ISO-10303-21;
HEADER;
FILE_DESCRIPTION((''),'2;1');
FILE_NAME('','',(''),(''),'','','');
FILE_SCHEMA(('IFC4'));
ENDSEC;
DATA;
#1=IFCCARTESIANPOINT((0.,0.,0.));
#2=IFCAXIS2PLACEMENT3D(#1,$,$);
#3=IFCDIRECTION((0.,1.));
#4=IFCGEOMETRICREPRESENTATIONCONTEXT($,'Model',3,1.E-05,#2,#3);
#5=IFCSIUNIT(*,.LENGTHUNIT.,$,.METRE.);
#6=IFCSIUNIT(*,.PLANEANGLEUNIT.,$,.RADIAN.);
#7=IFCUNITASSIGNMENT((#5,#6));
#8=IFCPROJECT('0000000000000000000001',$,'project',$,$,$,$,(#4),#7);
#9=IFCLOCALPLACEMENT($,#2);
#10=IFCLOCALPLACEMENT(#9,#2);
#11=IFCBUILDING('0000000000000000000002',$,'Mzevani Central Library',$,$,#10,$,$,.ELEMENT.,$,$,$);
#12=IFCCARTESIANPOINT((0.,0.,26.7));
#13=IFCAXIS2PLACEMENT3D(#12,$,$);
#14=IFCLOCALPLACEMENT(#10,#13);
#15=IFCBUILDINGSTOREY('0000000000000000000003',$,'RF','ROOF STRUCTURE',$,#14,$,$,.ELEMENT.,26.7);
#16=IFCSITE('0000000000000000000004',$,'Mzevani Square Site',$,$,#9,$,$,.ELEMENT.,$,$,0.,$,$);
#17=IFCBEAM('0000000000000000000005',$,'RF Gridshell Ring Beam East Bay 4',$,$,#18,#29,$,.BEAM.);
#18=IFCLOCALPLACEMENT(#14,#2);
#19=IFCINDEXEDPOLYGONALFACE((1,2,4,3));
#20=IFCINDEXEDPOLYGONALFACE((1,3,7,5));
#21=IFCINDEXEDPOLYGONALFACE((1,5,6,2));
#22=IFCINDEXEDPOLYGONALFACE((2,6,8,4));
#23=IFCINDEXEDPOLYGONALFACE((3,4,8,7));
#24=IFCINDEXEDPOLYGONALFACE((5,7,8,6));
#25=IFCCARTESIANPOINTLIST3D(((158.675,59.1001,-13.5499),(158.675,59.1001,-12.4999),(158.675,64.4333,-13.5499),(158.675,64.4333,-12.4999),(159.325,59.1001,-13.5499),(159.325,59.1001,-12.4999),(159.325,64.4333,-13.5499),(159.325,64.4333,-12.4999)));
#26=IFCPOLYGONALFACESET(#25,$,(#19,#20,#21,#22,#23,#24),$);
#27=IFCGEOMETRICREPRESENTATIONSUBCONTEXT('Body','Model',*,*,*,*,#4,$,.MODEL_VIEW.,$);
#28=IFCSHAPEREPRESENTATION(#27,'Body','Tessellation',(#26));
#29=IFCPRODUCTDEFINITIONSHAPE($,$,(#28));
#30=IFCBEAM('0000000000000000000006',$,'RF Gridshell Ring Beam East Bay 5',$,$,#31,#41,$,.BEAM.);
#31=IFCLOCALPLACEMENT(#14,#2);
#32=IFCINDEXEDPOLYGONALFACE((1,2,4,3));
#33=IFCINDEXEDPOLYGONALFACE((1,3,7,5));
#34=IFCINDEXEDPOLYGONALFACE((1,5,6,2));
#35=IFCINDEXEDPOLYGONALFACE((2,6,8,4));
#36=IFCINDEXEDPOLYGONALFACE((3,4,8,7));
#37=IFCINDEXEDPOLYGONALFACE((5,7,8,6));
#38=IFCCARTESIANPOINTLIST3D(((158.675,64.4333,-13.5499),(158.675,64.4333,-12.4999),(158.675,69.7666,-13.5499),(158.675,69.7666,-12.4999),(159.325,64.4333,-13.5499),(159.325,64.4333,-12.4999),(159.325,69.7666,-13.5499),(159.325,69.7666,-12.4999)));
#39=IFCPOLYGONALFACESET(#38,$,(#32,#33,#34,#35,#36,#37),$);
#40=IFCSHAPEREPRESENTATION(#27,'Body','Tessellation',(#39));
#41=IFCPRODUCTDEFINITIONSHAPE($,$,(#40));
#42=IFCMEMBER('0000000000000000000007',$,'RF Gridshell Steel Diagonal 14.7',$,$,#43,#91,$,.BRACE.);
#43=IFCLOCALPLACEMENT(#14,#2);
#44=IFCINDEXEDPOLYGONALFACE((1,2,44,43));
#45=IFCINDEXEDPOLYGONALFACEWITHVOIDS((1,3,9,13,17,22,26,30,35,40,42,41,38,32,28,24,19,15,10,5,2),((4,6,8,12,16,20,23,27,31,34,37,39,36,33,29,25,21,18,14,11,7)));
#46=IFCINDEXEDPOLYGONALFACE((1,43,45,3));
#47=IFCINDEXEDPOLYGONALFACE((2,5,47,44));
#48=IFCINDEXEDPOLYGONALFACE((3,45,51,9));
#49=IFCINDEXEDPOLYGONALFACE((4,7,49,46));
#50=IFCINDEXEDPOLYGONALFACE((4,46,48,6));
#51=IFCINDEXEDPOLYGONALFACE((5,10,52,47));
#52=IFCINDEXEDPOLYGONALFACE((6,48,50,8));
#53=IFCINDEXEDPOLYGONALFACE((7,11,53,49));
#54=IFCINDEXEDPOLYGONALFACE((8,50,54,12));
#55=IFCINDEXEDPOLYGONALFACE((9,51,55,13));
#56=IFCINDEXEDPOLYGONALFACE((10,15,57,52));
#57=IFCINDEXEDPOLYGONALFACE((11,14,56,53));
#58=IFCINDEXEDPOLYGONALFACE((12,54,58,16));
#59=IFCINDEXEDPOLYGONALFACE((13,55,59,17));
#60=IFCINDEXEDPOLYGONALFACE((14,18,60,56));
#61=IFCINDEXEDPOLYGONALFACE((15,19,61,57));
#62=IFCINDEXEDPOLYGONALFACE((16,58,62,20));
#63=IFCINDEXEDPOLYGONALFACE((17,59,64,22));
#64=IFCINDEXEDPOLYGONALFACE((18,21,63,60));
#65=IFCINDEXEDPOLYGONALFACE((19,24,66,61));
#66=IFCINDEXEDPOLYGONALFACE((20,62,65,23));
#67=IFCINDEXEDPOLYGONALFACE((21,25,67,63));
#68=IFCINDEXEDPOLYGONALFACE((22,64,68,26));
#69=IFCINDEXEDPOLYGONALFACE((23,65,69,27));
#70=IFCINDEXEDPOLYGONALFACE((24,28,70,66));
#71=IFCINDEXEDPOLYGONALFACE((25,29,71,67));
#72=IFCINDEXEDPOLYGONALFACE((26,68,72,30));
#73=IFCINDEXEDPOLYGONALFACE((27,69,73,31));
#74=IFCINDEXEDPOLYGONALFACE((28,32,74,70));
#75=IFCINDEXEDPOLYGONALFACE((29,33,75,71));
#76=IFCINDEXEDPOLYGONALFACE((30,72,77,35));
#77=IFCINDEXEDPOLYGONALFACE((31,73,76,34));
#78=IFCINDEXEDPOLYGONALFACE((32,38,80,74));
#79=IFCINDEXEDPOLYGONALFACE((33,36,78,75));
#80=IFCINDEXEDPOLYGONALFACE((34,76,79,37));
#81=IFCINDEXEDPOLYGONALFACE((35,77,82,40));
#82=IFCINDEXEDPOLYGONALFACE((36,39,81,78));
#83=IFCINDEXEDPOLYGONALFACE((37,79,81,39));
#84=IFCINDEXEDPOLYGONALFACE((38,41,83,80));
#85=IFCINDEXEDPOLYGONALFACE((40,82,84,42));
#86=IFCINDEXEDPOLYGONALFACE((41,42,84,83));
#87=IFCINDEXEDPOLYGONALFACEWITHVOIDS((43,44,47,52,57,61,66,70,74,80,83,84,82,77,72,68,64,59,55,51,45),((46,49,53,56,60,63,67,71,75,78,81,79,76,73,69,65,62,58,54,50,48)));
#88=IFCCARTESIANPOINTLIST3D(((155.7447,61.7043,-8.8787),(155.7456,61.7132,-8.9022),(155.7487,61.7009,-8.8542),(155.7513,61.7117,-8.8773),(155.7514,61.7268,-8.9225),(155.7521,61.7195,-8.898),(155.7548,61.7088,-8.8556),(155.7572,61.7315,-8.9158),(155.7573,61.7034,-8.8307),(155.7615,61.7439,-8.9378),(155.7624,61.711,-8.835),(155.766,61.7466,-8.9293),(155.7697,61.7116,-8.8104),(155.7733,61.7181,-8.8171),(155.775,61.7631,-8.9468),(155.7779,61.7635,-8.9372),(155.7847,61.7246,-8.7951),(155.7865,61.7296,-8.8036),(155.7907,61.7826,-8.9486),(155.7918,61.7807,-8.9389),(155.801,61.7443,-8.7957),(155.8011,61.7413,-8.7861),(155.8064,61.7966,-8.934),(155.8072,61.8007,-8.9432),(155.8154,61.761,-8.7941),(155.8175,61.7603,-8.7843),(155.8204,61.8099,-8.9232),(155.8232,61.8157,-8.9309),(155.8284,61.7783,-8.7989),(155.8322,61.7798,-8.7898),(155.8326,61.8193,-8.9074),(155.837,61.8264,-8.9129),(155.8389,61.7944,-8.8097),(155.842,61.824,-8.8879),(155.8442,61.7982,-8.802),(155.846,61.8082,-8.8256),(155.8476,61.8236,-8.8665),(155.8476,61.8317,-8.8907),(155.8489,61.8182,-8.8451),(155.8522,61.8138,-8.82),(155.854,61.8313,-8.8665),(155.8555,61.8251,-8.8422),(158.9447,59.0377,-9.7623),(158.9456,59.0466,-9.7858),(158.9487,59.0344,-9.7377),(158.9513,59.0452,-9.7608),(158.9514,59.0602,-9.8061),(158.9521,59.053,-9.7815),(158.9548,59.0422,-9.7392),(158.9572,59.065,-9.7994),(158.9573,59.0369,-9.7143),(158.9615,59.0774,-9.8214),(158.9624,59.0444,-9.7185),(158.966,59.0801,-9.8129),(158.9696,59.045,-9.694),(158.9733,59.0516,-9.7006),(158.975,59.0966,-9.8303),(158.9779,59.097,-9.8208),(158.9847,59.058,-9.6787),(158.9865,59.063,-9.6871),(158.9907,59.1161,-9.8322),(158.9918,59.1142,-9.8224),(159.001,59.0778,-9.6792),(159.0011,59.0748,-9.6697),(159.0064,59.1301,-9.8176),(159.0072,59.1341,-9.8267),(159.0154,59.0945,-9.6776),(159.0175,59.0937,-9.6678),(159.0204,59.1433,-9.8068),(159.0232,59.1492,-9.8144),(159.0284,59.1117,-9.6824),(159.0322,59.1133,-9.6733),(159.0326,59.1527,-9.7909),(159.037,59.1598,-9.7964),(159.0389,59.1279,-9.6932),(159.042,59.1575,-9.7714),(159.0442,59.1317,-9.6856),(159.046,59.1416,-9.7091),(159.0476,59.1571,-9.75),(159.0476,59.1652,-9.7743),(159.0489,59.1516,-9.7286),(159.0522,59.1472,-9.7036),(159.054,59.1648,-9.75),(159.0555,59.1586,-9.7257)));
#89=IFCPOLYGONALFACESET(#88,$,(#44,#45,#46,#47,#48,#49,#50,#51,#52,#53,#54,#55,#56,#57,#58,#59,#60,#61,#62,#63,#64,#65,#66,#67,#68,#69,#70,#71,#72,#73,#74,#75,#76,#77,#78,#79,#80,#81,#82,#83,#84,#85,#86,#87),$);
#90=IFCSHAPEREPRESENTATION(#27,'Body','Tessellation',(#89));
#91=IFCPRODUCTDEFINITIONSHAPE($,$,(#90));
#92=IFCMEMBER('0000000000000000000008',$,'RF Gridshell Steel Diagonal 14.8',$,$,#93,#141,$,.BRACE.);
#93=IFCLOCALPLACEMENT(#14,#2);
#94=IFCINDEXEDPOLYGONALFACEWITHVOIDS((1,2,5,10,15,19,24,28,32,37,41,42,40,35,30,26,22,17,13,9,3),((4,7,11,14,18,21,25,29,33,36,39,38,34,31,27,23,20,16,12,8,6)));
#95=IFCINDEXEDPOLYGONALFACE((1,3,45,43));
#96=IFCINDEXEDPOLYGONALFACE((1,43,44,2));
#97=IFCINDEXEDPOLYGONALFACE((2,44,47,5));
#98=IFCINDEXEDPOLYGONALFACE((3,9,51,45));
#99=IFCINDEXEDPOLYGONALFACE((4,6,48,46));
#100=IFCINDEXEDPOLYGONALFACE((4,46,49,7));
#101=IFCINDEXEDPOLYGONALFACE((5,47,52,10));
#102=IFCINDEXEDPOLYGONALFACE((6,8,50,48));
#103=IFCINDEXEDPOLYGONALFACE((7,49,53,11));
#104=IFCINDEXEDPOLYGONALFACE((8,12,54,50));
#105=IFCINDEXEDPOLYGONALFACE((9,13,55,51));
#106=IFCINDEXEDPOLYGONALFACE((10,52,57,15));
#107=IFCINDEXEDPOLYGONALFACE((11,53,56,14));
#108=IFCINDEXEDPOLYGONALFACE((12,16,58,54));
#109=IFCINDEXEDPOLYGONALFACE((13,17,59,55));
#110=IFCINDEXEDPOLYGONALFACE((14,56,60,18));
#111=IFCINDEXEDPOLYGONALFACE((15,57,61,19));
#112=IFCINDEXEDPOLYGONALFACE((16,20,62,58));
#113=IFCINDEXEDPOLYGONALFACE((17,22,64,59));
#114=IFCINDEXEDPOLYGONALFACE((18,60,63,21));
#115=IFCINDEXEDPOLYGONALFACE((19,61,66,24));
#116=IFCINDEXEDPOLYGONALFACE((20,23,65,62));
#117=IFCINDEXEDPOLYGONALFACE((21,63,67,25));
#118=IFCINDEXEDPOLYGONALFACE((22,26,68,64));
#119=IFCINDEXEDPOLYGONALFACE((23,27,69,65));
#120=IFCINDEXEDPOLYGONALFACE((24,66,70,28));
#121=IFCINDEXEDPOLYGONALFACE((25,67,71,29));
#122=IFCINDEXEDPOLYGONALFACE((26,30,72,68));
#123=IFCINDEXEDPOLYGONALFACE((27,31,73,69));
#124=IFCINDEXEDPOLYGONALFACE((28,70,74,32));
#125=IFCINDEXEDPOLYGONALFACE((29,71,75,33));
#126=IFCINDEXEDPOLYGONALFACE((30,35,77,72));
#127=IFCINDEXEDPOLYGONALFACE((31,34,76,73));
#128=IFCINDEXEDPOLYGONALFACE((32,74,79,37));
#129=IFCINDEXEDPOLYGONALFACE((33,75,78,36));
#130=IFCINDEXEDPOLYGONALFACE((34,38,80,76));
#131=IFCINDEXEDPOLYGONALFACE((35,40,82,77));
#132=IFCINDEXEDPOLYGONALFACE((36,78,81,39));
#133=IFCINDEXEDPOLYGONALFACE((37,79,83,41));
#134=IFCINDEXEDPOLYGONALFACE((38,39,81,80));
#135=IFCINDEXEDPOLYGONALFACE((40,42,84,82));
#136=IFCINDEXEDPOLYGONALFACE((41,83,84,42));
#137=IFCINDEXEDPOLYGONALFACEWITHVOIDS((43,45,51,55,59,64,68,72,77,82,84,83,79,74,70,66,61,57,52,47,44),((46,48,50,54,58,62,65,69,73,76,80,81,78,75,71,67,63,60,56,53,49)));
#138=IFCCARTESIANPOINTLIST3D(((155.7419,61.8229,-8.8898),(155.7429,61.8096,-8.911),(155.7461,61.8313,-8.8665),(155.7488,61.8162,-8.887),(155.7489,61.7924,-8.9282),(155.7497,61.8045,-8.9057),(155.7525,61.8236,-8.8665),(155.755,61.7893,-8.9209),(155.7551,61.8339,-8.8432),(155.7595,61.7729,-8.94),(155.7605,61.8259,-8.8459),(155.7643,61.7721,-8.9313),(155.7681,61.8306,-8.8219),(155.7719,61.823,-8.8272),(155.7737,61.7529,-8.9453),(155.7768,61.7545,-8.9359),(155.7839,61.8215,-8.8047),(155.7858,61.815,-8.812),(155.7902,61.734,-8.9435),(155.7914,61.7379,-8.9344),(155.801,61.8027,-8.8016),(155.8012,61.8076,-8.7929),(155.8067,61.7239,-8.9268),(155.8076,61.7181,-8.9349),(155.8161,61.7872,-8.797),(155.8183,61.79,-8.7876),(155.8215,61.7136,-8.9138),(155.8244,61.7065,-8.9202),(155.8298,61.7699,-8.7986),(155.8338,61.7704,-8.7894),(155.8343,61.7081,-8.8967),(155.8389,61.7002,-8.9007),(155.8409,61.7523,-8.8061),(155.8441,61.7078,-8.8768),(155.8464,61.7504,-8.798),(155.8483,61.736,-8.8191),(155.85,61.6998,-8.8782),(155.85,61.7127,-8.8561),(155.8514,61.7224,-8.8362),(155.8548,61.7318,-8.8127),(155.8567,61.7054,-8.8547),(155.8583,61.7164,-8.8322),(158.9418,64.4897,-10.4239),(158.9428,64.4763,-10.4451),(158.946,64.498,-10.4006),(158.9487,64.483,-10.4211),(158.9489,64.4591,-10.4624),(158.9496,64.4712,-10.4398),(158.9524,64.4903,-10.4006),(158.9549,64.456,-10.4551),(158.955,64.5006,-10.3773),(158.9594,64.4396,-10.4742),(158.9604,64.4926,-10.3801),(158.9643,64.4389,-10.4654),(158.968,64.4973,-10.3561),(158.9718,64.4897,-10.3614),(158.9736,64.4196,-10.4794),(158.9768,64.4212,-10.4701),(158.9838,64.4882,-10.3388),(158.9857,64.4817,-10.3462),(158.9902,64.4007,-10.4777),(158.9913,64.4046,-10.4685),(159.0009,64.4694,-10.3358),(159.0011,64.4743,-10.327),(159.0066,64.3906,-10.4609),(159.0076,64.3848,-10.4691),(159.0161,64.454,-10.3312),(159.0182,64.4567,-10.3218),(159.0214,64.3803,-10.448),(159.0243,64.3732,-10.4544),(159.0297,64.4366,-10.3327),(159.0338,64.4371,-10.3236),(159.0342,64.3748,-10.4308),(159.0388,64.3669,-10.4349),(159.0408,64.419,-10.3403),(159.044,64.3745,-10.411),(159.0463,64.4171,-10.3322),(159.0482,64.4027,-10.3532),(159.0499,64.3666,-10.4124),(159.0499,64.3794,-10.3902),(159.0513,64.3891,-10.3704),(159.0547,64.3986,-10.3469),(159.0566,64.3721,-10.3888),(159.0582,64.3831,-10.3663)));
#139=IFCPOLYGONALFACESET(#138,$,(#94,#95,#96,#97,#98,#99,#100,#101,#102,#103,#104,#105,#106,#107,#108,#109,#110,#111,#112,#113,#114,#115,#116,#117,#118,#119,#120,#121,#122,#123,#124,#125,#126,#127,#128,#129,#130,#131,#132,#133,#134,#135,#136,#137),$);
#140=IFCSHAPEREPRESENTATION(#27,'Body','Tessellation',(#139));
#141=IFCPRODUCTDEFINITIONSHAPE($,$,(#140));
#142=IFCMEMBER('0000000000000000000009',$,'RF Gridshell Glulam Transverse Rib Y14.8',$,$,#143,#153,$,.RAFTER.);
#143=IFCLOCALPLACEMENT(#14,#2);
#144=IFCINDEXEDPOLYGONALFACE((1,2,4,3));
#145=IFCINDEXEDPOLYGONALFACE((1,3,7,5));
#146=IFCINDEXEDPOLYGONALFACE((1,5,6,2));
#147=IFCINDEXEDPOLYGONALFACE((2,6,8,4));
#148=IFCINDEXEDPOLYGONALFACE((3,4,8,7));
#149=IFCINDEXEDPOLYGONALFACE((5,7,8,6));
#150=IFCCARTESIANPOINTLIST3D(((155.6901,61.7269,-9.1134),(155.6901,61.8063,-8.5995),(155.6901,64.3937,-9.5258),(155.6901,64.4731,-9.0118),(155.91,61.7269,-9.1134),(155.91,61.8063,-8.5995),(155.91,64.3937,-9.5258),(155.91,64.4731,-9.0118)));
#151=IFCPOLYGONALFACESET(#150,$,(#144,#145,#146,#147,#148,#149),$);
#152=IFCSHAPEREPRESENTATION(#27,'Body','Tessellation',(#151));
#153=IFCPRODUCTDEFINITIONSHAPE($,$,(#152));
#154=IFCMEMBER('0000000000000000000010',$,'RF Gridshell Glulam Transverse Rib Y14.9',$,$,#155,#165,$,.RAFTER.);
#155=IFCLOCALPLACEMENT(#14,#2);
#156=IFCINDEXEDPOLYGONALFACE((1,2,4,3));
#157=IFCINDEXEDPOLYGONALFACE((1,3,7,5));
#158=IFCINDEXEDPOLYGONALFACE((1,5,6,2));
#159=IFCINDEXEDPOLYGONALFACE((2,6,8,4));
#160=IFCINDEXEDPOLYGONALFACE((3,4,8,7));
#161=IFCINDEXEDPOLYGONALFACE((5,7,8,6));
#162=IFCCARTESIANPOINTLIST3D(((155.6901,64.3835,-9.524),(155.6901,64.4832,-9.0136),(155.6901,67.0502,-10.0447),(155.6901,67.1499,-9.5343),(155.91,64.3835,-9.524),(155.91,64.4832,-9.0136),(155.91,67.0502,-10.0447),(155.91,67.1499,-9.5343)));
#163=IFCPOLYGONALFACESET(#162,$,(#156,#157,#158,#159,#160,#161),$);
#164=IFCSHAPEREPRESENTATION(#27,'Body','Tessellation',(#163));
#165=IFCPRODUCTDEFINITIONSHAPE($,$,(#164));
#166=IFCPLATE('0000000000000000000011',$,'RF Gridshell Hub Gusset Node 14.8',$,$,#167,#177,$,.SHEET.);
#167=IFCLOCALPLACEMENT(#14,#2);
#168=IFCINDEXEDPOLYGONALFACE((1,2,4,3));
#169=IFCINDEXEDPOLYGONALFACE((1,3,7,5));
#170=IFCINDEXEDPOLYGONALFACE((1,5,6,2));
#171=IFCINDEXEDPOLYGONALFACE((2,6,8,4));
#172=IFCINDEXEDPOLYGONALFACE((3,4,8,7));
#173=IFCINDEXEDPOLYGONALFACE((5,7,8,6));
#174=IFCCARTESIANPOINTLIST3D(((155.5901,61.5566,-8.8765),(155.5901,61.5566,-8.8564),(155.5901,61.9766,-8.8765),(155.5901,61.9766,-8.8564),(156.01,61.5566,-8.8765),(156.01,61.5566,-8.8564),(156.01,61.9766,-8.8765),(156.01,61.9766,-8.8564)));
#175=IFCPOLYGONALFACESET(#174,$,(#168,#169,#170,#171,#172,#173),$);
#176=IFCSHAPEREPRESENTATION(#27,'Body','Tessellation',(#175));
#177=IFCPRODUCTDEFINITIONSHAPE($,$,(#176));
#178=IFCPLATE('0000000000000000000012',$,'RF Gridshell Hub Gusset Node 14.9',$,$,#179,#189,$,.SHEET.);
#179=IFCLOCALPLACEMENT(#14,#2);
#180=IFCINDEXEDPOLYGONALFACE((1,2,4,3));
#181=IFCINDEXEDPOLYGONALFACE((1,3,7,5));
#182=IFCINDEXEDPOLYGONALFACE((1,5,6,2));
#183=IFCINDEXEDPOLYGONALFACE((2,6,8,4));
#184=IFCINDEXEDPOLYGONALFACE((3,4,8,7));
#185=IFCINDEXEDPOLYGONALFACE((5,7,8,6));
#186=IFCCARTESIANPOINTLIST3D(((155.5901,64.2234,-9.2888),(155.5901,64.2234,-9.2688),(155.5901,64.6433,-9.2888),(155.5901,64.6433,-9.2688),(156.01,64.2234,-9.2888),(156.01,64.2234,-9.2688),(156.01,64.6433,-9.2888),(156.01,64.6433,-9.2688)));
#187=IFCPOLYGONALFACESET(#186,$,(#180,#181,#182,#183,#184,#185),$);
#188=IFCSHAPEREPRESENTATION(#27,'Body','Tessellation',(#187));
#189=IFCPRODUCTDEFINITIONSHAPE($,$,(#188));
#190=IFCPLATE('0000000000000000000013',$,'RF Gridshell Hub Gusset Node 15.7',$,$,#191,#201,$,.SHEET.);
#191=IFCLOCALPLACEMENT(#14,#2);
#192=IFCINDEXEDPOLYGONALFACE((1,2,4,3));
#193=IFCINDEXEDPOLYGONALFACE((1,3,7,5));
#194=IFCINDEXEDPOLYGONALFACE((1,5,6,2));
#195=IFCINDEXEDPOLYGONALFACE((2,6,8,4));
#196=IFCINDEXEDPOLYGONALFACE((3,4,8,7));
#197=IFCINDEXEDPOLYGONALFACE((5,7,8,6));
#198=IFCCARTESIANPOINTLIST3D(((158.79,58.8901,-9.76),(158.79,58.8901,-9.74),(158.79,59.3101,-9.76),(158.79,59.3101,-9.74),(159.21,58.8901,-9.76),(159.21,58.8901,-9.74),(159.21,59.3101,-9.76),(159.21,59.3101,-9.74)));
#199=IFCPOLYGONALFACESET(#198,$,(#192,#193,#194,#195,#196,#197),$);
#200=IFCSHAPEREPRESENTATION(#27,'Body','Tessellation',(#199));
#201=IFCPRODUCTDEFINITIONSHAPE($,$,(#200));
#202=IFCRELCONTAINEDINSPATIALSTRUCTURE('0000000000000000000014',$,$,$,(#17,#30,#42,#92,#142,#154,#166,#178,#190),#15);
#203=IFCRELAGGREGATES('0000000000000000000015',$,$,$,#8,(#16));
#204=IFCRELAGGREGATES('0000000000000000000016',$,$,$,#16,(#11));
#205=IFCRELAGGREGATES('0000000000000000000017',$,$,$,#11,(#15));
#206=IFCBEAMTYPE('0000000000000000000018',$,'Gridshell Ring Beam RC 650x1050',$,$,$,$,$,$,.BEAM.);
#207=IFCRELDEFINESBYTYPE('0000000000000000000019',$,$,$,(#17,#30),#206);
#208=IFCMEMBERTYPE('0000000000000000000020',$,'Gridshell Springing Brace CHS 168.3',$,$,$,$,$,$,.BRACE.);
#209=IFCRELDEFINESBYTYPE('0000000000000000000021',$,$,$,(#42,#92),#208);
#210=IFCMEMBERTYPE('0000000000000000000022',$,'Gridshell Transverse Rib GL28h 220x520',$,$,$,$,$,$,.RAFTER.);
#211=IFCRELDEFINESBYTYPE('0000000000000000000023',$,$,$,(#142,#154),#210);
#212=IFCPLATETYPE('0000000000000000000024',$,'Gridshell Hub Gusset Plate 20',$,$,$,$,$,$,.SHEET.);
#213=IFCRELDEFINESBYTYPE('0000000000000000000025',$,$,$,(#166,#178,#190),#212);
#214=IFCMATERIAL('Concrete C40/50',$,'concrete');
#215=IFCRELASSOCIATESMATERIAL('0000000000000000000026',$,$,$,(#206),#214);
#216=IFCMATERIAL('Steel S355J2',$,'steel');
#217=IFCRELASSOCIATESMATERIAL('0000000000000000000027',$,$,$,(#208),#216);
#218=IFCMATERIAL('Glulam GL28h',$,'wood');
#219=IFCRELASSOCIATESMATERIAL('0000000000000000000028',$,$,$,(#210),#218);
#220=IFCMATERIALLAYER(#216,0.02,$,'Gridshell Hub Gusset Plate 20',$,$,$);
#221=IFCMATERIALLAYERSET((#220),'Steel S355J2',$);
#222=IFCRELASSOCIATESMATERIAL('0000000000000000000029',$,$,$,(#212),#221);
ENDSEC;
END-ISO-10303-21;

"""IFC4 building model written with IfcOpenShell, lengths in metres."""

from ifc_helpers import new_model, si_unit, direction, frame, origin, origin_2d, place, context, subcontext, project, spatial, rectangle, hollow_circle, extrude, material, layer, layer_set, material_profile, profile_set, type_object, element, save


model = new_model("IFC4")

# Units and contexts
model_context = context("Model", 3, precision=1e-05, world=origin(), true_north=direction((0.0, 1.0)))
body_context = subcontext(model_context, "Body", "Model", "MODEL_VIEW")
ifc_project = project(units=[si_unit("LENGTHUNIT", "METRE"), si_unit("PLANEANGLEUNIT", "RADIAN")], contexts=[model_context])

# Site, building, storey
site_placement = place(None, origin())
site = spatial("IfcSite", under=ifc_project, at=site_placement, Name="Mzevani Square Site", CompositionType="ELEMENT", RefElevation=0.0)
building_placement = place(site_placement, origin())
building = spatial("IfcBuilding", under=site, at=building_placement, Name="Mzevani Central Library", CompositionType="ELEMENT")
storey_placement = place(building_placement, frame((0.0, 0.0, 26.7)))
storey = spatial("IfcBuildingStorey", under=building, at=storey_placement, Name="RF", Description="ROOF STRUCTURE", CompositionType="ELEMENT", Elevation=26.7)

# Shared definitions
ifc_material_1 = material(Name="Steel S355J2", Category="steel")
ifc_material_2 = material(Name="Glulam GL28h", Category="wood")

# Beams
ifc_material_3 = material(Name="Concrete C40/50", Category="concrete")
ifc_material_profile_1 = material_profile(ifc_material_3, rectangle(XDim=0.6499, YDim=1.05, at=origin_2d()), Name="RC RB650x1050")
ifc_profile_set_1 = profile_set([ifc_material_profile_1], Name="Concrete C40/50")
beam_type_1 = type_object("IfcBeamType", Name="Gridshell Ring Beam RC 650x1050", PredefinedType="BEAM", material=ifc_profile_set_1)
for number, where, z_axis, x_axis, name in (
    (1, (159.0, 59.1001, -13.0249), (0.0, 1.0, 0.0), (-1.0, 0.0, 0.0), "RF Gridshell Ring Beam East Bay 4"),
    (2, (159.0, 64.4333, -13.0249), (0.0, 1.0, 0.0), (-1.0, 0.0, 0.0), "RF Gridshell Ring Beam East Bay 5"),
):
    element("IfcBeam", number, at=place(storey_placement, frame(where, z_axis=z_axis, x_axis=x_axis)), inside=storey, type_object=beam_type_1, Name=name, PredefinedType="BEAM", context=body_context, shape_type="SweptSolid", body=[
        extrude(rectangle(XDim=0.6499, YDim=1.05, at=origin_2d()), origin(), (0.0, 0.0, 1.0), 5.3333),
    ])

# Members
ifc_material_profile_2 = material_profile(ifc_material_1, hollow_circle(Radius=0.0842, WallThickness=0.01, at=origin_2d()), Name="CHS 168.3x10.0")
ifc_profile_set_2 = profile_set([ifc_material_profile_2], Name="Steel S355J2")
member_type_1 = type_object("IfcMemberType", Name="Gridshell Springing Brace CHS 168.3", PredefinedType="BRACE", material=ifc_profile_set_2)
member_1_placement = place(storey_placement, frame((155.8, 61.7666, -8.8665), z_axis=(0.751515, -0.626234, -0.207502), x_axis=(0.640167, 0.768236, 0.0)))
element("IfcMember", 3, at=member_1_placement, inside=storey, type_object=member_type_1, Name="RF Gridshell Steel Diagonal 14.7", PredefinedType="BRACE", context=body_context, shape_type="SweptSolid", body=[
    extrude(hollow_circle(Radius=0.0842, WallThickness=0.01, at=origin_2d()), origin(), (0.0, 0.0, 1.0), 4.2581),
])
member_2_placement = place(storey_placement, frame((155.8, 61.7666, -8.8665), z_axis=(0.720868, 0.600751, -0.345612), x_axis=(-0.640202, 0.768207, 0.0)))
element("IfcMember", 4, at=member_2_placement, inside=storey, type_object=member_type_1, Name="RF Gridshell Steel Diagonal 14.8", PredefinedType="BRACE", context=body_context, shape_type="SweptSolid", body=[
    extrude(hollow_circle(Radius=0.0842, WallThickness=0.01, at=origin_2d()), origin(), (0.0, 0.0, 1.0), 4.439),
])
ifc_material_profile_3 = material_profile(ifc_material_2, rectangle(XDim=0.22, YDim=0.52, at=origin_2d()), Name="GL28h 220x520")
ifc_profile_set_3 = profile_set([ifc_material_profile_3], Name="Glulam GL28h")
member_type_2 = type_object("IfcMemberType", Name="Gridshell Transverse Rib GL28h 220x520", PredefinedType="RAFTER", material=ifc_profile_set_3)
member_3_placement = place(storey_placement, frame((155.8, 61.7666, -8.8564), z_axis=(0.0, 0.988255, -0.152812), x_axis=(-1.0, 0.0, 0.0)))
element("IfcMember", 5, at=member_3_placement, inside=storey, type_object=member_type_2, Name="RF Gridshell Glulam Transverse Rib Y14.8", PredefinedType="RAFTER", context=body_context, shape_type="SweptSolid", body=[
    extrude(rectangle(XDim=0.22, YDim=0.52, at=origin_2d()), origin(), (0.0, 0.0, 1.0), 2.6985),
])
member_4_placement = place(storey_placement, frame((155.8, 64.4333, -9.2688), z_axis=(0.0, 0.981462, -0.191656), x_axis=(-1.0, 0.0, 0.0)))
element("IfcMember", 6, at=member_4_placement, inside=storey, type_object=member_type_2, Name="RF Gridshell Glulam Transverse Rib Y14.9", PredefinedType="RAFTER", context=body_context, shape_type="SweptSolid", body=[
    extrude(rectangle(XDim=0.22, YDim=0.52, at=origin_2d()), origin(), (0.0, 0.0, 1.0), 2.717),
])

# Plates
ifc_layer_1 = layer(ifc_material_1, 0.02, Name="Gridshell Hub Gusset Plate 20")
ifc_layer_set_1 = layer_set([ifc_layer_1], Name="Steel S355J2")
plate_type = type_object("IfcPlateType", Name="Gridshell Hub Gusset Plate 20", PredefinedType="SHEET", material=ifc_layer_set_1)
for number, where, z_axis, x_axis, name in (
    (7, (155.8, 61.7666, -8.8765), (0.0, 0.0, 1.0), (1.0, 0.0, 0.0), "RF Gridshell Hub Gusset Node 14.8"),
    (8, (155.8, 64.4333, -9.2888), (0.0, 0.0, 1.0), (1.0, 0.0, 0.0), "RF Gridshell Hub Gusset Node 14.9"),
    (9, (159.0, 59.1001, -9.76), (0.0, 0.0, 1.0), (1.0, 0.0, 0.0), "RF Gridshell Hub Gusset Node 15.7"),
):
    element("IfcPlate", number, at=place(storey_placement, frame(where, z_axis=z_axis, x_axis=x_axis)), inside=storey, type_object=plate_type, Name=name, PredefinedType="SHEET", context=body_context, shape_type="SweptSolid", body=[
        extrude(rectangle(XDim=0.4199, YDim=0.4199, at=origin_2d()), origin(), (0.0, 0.0, 1.0), 0.02),
    ])

save(model, "model.ifc")
